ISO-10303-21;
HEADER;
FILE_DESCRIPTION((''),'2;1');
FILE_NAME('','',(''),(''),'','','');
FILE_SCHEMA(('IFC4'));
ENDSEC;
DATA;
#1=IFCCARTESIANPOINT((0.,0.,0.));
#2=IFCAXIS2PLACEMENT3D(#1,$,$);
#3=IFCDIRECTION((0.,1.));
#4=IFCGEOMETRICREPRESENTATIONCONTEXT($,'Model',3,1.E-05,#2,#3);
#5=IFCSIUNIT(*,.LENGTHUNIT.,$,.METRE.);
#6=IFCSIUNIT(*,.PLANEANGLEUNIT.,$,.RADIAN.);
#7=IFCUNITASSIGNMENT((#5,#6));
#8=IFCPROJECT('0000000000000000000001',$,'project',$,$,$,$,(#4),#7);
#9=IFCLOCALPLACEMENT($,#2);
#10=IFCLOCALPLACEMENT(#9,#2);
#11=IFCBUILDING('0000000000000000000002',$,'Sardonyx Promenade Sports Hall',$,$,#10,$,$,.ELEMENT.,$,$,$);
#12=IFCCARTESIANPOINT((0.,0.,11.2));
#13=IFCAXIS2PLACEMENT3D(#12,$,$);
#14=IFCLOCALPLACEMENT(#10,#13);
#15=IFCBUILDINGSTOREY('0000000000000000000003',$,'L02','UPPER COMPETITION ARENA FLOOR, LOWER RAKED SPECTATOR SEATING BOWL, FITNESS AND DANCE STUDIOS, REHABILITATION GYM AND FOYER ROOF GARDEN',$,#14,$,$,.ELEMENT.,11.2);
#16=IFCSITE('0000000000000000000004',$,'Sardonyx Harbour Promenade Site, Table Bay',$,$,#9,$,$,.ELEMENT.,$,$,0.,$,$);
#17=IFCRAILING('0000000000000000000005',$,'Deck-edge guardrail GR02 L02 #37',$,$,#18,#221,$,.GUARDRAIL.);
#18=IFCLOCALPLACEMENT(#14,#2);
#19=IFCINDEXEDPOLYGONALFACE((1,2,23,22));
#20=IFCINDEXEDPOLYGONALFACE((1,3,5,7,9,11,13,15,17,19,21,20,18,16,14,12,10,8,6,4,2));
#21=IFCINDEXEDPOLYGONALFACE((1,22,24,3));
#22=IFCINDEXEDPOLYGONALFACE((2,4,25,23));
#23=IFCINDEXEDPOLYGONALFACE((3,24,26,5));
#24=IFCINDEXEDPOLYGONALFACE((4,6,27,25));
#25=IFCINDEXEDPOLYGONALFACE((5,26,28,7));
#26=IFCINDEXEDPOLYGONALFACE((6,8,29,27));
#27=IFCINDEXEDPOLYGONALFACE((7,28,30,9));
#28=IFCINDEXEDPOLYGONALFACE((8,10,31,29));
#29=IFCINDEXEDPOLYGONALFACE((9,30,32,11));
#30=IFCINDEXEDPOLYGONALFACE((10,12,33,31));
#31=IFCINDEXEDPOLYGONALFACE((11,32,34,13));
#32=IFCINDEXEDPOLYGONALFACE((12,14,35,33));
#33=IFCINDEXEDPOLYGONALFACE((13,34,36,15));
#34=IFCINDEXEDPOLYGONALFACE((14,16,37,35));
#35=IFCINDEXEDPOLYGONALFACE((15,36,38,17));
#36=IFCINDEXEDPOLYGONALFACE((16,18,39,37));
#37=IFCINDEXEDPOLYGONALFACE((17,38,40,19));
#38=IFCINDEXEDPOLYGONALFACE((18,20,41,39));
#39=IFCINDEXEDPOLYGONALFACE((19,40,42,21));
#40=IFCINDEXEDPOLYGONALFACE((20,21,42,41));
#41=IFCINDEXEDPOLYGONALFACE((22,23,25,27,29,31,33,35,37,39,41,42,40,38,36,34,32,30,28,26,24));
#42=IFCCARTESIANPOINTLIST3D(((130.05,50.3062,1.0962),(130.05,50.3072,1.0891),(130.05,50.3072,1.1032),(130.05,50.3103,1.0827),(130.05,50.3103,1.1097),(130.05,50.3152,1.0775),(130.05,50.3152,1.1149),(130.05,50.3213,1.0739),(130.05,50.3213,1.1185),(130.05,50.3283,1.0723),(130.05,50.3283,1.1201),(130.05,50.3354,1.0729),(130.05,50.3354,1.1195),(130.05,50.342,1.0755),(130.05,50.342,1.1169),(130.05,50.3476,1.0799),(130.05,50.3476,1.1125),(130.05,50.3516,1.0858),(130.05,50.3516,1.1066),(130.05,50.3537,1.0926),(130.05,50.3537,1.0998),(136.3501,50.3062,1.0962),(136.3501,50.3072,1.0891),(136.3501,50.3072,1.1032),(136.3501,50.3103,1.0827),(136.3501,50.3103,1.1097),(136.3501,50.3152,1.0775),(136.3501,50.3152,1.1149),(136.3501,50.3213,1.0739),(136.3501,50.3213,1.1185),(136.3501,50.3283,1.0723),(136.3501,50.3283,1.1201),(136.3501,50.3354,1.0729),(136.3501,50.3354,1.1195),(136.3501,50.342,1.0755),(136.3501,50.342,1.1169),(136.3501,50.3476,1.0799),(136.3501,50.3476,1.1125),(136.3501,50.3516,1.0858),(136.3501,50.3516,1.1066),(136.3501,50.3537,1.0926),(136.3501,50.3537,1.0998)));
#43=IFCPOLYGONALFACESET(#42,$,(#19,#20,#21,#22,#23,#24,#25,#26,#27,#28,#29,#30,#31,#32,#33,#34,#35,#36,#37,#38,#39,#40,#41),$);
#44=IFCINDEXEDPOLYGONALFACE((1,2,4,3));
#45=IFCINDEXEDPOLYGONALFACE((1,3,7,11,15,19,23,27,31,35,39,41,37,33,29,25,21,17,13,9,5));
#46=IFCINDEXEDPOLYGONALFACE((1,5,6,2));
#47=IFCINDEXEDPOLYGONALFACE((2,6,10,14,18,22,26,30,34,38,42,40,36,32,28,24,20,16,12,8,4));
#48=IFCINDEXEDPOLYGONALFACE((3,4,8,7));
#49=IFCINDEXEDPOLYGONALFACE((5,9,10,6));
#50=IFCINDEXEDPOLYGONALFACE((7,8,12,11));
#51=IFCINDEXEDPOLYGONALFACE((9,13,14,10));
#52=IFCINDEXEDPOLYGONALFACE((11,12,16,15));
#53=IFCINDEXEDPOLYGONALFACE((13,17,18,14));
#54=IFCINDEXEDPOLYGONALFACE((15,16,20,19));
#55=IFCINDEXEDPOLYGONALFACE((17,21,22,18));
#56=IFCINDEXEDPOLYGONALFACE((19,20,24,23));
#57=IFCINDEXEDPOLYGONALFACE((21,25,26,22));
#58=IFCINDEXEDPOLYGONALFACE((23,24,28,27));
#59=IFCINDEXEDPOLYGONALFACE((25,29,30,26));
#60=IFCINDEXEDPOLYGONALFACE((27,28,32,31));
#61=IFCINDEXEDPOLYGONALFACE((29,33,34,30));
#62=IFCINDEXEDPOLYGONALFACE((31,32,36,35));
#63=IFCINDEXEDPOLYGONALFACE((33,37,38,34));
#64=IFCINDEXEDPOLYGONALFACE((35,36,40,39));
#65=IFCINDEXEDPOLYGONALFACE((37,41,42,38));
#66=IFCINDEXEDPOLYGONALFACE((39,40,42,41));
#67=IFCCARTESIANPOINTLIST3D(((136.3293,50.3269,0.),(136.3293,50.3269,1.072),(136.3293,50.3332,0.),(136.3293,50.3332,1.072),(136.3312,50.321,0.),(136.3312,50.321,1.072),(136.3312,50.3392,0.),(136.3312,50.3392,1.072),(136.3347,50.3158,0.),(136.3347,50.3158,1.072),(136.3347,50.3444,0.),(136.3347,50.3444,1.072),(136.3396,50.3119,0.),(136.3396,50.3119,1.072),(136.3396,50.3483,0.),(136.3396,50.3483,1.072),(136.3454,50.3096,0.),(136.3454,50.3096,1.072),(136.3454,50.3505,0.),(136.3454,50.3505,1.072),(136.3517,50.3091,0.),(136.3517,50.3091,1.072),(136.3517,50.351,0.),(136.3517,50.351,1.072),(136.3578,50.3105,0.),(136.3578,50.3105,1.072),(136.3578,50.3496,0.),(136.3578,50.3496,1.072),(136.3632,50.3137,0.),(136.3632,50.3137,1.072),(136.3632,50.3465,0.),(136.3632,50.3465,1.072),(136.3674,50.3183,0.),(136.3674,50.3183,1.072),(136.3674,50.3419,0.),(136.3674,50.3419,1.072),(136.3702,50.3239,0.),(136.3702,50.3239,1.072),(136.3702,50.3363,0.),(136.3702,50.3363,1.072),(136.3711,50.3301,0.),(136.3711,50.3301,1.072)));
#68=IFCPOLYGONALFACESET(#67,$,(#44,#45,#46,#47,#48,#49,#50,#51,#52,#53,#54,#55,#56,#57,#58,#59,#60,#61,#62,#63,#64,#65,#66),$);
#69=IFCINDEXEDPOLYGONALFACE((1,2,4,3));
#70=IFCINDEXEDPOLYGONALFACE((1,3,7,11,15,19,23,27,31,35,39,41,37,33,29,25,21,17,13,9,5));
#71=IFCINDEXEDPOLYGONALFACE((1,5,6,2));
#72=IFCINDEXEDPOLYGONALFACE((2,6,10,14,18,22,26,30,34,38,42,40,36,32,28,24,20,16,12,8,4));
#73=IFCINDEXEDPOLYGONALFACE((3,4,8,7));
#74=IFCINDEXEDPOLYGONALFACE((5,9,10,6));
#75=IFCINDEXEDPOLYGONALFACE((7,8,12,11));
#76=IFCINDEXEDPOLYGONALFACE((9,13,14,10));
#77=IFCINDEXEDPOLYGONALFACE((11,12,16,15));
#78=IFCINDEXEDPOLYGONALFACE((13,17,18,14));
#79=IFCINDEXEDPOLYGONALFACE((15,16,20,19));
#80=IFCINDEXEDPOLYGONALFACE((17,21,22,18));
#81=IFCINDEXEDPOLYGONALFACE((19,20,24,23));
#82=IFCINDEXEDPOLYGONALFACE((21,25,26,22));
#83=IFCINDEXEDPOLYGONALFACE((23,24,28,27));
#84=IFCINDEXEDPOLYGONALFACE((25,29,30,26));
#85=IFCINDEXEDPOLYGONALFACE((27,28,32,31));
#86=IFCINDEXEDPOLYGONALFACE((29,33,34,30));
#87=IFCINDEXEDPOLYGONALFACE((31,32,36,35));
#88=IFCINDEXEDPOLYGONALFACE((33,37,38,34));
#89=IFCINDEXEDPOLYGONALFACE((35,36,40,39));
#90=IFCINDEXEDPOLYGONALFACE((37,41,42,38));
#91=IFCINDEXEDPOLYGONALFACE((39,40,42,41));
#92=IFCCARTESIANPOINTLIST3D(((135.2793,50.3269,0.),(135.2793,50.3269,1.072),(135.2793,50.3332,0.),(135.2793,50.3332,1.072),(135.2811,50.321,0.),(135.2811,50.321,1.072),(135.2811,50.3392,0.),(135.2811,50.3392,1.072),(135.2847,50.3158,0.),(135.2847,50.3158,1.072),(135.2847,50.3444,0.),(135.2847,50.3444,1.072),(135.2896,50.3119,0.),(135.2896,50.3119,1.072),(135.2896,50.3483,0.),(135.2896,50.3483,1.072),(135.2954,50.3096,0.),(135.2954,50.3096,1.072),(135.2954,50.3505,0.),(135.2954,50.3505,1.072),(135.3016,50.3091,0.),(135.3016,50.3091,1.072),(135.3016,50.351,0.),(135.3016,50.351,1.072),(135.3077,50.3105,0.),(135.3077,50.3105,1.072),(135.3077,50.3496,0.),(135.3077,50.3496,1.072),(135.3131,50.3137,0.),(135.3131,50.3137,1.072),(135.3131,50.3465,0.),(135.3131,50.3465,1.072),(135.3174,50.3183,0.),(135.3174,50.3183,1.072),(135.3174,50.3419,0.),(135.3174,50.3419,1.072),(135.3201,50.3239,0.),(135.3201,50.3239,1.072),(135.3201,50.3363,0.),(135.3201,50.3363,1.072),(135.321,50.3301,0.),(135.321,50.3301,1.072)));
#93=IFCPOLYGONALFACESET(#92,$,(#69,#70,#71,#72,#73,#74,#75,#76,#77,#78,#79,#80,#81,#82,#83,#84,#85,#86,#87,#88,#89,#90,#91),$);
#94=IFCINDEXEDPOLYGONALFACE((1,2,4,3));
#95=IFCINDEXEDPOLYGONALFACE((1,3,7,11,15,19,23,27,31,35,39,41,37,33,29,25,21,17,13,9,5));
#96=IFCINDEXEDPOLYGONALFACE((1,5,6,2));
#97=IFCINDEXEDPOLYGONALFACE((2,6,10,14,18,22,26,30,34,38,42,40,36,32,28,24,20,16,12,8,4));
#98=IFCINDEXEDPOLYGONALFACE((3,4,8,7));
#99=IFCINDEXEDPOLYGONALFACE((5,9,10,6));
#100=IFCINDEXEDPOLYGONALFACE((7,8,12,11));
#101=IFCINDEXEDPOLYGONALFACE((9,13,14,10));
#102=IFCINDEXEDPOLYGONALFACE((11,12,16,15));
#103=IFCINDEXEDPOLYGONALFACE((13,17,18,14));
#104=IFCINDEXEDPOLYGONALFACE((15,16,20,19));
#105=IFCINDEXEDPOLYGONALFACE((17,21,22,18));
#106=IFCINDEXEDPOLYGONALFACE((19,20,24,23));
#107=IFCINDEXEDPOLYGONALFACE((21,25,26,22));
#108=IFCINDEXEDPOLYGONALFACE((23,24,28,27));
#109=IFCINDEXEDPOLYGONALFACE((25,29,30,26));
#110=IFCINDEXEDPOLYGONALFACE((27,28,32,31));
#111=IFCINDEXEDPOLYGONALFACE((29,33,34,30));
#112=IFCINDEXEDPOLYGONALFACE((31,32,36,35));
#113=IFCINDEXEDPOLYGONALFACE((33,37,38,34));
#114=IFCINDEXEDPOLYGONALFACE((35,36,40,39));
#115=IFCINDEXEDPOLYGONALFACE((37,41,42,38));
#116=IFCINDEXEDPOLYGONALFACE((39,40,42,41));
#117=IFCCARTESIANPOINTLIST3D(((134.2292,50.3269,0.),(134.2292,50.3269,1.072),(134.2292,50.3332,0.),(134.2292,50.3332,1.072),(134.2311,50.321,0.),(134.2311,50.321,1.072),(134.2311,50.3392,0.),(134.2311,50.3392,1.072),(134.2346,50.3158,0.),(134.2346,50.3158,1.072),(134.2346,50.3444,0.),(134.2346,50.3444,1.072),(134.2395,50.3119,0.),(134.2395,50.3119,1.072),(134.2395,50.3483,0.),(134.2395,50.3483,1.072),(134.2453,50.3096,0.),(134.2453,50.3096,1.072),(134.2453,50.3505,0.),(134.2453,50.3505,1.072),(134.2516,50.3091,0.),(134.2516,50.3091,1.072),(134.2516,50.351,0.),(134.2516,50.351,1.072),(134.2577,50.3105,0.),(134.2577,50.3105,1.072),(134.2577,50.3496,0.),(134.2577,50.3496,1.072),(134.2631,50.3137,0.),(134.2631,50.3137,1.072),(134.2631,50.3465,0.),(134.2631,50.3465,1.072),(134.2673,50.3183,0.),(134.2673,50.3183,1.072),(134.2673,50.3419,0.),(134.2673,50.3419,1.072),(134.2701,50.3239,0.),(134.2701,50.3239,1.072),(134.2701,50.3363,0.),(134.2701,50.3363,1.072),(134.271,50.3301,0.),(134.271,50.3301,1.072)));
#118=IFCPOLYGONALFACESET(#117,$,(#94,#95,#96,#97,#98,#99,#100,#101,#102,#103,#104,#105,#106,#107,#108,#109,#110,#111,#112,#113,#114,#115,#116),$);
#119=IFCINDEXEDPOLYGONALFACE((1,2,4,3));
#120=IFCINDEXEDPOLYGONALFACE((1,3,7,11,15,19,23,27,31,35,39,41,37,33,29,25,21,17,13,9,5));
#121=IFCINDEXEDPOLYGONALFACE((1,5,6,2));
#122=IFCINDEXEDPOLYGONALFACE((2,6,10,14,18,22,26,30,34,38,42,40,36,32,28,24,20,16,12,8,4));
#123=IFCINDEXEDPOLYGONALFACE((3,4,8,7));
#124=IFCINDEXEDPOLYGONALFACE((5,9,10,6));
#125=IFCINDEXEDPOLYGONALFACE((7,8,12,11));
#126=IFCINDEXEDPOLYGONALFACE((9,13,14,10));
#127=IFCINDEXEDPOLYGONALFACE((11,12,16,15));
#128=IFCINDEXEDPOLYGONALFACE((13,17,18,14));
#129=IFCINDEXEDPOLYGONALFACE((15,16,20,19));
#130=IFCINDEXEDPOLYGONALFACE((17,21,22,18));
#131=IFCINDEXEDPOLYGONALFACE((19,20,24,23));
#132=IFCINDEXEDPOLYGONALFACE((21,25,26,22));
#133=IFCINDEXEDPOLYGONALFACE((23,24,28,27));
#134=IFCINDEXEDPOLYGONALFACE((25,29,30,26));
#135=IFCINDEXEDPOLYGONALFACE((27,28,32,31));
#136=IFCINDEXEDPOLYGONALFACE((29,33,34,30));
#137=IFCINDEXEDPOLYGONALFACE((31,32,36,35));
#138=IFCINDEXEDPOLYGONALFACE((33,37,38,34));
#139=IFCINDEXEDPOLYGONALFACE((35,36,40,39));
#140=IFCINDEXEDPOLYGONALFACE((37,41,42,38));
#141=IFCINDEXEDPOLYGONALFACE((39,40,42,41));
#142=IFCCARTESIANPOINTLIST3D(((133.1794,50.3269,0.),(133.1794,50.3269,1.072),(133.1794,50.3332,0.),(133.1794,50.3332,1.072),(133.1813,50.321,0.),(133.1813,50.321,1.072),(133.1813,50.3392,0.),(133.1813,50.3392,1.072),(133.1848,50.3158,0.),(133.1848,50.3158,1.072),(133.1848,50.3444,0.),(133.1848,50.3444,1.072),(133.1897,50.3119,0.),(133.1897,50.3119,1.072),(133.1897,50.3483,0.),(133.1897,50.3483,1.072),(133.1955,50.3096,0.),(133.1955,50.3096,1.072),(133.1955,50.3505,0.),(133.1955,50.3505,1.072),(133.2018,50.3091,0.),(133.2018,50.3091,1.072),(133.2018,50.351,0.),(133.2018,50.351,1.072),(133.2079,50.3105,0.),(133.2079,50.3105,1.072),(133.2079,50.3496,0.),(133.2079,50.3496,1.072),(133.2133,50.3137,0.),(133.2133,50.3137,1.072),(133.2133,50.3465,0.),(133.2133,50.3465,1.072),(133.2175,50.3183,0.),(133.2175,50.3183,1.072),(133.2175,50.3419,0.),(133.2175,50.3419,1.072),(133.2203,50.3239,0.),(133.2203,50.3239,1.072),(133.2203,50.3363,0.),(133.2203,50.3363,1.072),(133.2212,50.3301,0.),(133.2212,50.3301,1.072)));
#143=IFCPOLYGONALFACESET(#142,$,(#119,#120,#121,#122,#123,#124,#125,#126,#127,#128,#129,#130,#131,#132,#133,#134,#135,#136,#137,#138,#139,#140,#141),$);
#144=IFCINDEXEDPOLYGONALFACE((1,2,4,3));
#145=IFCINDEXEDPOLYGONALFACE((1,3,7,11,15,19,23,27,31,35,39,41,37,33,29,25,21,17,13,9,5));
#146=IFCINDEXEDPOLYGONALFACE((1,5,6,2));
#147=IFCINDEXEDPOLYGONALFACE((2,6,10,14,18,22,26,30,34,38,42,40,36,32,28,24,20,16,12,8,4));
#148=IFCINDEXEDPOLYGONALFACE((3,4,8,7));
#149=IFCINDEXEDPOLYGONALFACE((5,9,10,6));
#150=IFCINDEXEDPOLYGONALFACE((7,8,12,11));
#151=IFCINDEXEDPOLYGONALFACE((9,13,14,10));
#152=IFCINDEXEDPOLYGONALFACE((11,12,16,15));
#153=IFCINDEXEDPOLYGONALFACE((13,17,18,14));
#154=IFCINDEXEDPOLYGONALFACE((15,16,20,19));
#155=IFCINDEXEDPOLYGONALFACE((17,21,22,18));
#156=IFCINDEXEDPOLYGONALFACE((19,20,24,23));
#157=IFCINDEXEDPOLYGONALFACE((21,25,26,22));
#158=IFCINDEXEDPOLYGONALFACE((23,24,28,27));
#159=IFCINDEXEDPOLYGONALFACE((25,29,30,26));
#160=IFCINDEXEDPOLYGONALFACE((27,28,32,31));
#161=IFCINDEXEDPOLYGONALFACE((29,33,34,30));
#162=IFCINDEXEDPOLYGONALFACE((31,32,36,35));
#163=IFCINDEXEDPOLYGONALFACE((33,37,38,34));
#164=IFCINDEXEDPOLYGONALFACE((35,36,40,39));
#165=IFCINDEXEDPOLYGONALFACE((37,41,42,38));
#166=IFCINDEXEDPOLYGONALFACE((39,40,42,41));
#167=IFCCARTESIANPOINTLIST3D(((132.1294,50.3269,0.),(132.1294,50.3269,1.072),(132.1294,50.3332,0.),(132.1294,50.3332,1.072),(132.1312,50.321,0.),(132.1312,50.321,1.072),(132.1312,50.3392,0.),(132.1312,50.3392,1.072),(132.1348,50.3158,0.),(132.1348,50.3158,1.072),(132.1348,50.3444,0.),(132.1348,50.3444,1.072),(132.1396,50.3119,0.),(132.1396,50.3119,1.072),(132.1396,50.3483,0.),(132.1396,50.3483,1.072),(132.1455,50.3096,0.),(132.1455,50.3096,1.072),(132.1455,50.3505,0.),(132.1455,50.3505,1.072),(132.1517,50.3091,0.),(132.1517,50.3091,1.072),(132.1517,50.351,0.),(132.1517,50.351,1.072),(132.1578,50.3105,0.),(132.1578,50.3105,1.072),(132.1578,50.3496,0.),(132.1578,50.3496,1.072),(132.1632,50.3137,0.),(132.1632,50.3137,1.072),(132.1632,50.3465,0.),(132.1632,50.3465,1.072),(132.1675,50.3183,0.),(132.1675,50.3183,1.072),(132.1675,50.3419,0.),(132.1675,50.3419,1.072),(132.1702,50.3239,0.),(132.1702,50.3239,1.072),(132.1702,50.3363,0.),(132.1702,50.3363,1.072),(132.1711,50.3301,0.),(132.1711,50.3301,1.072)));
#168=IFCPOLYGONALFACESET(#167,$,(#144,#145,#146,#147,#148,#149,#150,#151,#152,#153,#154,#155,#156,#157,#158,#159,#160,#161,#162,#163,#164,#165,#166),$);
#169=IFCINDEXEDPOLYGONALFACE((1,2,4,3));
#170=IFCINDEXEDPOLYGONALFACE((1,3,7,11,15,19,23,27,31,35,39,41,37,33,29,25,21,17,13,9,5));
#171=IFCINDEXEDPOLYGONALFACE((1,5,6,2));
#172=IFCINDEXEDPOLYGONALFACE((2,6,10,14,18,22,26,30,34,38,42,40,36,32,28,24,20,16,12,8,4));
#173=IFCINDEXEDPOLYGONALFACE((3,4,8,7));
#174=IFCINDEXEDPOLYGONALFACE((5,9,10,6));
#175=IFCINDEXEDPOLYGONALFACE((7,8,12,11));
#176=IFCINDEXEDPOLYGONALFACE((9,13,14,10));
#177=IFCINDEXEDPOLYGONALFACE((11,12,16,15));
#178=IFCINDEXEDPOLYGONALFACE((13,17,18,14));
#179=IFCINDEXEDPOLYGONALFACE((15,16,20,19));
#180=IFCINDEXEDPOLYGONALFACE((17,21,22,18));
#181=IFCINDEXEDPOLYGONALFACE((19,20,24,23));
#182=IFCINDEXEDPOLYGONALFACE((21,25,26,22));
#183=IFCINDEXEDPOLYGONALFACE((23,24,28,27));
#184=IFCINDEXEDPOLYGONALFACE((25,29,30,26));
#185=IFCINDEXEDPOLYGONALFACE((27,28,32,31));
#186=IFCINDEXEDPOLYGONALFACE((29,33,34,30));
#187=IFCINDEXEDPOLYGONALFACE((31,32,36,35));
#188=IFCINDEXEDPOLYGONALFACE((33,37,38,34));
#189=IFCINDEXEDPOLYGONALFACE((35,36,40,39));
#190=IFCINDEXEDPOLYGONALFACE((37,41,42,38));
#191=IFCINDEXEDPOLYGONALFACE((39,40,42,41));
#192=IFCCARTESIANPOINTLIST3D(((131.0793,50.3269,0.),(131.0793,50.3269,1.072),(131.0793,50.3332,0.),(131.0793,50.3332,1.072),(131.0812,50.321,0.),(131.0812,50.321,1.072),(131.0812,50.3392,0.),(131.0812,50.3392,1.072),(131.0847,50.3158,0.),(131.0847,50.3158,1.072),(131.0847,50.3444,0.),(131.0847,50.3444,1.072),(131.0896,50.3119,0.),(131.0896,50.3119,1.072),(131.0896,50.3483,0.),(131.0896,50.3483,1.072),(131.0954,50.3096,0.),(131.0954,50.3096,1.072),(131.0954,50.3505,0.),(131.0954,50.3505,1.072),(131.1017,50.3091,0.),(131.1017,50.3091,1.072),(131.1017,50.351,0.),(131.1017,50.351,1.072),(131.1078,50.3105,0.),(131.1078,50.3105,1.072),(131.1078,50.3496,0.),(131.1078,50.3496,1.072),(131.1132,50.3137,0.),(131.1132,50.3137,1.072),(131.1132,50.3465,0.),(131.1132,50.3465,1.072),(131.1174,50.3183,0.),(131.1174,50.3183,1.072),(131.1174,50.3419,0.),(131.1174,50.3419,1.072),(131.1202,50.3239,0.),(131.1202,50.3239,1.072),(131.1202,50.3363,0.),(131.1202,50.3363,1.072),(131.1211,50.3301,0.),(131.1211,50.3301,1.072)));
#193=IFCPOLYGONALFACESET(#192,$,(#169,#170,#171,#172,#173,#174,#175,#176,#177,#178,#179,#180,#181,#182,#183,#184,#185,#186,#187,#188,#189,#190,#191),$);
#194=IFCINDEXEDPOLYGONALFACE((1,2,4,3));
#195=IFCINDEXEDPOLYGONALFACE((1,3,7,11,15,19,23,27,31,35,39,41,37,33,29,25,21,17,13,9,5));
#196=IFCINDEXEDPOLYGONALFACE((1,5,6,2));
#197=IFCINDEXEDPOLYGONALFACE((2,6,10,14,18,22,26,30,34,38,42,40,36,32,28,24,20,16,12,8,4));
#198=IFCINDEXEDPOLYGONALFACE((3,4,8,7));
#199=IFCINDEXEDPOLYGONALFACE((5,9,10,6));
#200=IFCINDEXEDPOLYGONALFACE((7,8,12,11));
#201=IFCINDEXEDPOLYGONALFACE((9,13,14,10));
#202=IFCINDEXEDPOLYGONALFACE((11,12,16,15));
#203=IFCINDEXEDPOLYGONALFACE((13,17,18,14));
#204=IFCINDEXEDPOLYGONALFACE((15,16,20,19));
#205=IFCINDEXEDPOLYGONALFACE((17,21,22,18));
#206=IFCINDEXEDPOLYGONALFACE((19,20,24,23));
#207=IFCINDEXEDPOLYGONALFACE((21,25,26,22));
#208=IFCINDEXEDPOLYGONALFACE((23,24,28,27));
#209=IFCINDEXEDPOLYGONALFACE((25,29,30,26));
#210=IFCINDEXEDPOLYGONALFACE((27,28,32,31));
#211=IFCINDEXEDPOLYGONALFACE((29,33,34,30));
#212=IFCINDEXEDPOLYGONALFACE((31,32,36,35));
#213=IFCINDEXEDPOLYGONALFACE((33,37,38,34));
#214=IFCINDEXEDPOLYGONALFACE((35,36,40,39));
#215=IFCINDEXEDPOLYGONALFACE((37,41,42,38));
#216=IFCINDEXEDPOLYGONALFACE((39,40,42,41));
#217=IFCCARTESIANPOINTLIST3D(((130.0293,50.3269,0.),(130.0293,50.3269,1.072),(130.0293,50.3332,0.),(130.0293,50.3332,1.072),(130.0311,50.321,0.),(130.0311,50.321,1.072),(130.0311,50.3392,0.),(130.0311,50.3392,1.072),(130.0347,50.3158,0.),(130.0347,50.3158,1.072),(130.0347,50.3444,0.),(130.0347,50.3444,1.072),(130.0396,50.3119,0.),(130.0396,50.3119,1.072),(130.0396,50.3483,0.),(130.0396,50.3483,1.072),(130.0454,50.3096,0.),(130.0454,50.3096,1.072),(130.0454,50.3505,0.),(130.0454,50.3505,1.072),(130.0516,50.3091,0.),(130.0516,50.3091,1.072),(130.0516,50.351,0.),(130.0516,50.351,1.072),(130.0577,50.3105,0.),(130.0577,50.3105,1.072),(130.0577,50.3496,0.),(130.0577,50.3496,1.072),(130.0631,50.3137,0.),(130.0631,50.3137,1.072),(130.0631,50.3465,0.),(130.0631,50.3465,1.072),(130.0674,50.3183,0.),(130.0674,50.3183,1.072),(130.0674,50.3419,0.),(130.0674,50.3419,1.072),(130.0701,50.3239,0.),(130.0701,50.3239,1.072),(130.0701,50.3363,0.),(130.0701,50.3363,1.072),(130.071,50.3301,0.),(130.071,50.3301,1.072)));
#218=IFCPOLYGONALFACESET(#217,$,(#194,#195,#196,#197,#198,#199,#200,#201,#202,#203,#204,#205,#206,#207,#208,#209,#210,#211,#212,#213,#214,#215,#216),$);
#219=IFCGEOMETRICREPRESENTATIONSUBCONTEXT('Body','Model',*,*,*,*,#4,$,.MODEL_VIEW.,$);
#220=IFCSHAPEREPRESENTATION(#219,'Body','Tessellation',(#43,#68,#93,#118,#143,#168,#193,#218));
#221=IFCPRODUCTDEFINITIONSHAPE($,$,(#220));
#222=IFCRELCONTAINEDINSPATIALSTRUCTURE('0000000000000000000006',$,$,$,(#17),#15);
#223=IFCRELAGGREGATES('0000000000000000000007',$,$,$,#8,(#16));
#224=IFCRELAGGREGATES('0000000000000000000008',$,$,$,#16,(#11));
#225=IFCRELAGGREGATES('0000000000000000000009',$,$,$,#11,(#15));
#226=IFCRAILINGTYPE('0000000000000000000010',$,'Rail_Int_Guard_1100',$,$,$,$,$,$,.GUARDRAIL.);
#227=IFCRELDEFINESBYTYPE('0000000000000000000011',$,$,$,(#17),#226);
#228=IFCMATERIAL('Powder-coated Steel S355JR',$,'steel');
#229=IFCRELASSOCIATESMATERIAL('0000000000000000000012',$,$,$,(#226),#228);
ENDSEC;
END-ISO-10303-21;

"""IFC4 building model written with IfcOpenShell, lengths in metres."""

from ifc_helpers import new_model, si_unit, direction, frame, origin, origin_2d, place, context, subcontext, project, spatial, circle, extrude, material, type_object, element, save


model = new_model("IFC4")

# Units and contexts
model_context = context("Model", 3, precision=1e-05, world=origin(), true_north=direction((0.0, 1.0)))
body_context = subcontext(model_context, "Body", "Model", "MODEL_VIEW")
ifc_project = project(units=[si_unit("LENGTHUNIT", "METRE"), si_unit("PLANEANGLEUNIT", "RADIAN")], contexts=[model_context])

# Site, building, storey
site_placement = place(None, origin())
site = spatial("IfcSite", under=ifc_project, at=site_placement, Name="Sardonyx Harbour Promenade Site, Table Bay", CompositionType="ELEMENT", RefElevation=0.0)
building_placement = place(site_placement, origin())
building = spatial("IfcBuilding", under=site, at=building_placement, Name="Sardonyx Promenade Sports Hall", CompositionType="ELEMENT")
storey_placement = place(building_placement, frame((0.0, 0.0, 11.2)))
storey = spatial("IfcBuildingStorey", under=building, at=storey_placement, Name="L02", Description="UPPER COMPETITION ARENA FLOOR, LOWER RAKED SPECTATOR SEATING BOWL, FITNESS AND DANCE STUDIOS, REHABILITATION GYM AND FOYER ROOF GARDEN", CompositionType="ELEMENT", Elevation=11.2)

# Railing
ifc_material_1 = material(Name="Powder-coated Steel S355JR", Category="steel")
railing_type = type_object("IfcRailingType", Name="Rail_Int_Guard_1100", PredefinedType="GUARDRAIL", material=ifc_material_1)
for number, where, name in (
    (1, (136.3501, 50.3301, 0.0), "Deck-edge guardrail GR02 L02 #37"),
):
    element("IfcRailing", number, at=place(storey_placement, frame(where)), inside=storey, type_object=railing_type, Name=name, PredefinedType="GUARDRAIL", context=body_context, shape_type="SweptSolid", body=[
        extrude(circle(Radius=0.0239, at=origin_2d()), frame((0.0, 0.0, 1.0962), z_axis=(-1.0, 0.0, 0.0), x_axis=(0.0, -1.0, 0.0)), (0.0, 0.0, 1.0), 6.3),
        extrude(circle(Radius=0.021, at=origin_2d()), origin(), (0.0, 0.0, 1.0), 1.072),
        extrude(circle(Radius=0.021, at=origin_2d()), frame((-1.05, 0.0, 0.0)), (0.0, 0.0, 1.0), 1.072),
        extrude(circle(Radius=0.021, at=origin_2d()), frame((-2.1001, 0.0, 0.0)), (0.0, 0.0, 1.0), 1.072),
        extrude(circle(Radius=0.021, at=origin_2d()), frame((-3.1499, 0.0, 0.0)), (0.0, 0.0, 1.0), 1.072),
        extrude(circle(Radius=0.021, at=origin_2d()), frame((-4.2, 0.0, 0.0)), (0.0, 0.0, 1.0), 1.072),
        extrude(circle(Radius=0.021, at=origin_2d()), frame((-5.25, 0.0, 0.0)), (0.0, 0.0, 1.0), 1.072),
        extrude(circle(Radius=0.021, at=origin_2d()), frame((-6.3, 0.0, 0.0)), (0.0, 0.0, 1.0), 1.072),
    ])

save(model, "model.ifc")
